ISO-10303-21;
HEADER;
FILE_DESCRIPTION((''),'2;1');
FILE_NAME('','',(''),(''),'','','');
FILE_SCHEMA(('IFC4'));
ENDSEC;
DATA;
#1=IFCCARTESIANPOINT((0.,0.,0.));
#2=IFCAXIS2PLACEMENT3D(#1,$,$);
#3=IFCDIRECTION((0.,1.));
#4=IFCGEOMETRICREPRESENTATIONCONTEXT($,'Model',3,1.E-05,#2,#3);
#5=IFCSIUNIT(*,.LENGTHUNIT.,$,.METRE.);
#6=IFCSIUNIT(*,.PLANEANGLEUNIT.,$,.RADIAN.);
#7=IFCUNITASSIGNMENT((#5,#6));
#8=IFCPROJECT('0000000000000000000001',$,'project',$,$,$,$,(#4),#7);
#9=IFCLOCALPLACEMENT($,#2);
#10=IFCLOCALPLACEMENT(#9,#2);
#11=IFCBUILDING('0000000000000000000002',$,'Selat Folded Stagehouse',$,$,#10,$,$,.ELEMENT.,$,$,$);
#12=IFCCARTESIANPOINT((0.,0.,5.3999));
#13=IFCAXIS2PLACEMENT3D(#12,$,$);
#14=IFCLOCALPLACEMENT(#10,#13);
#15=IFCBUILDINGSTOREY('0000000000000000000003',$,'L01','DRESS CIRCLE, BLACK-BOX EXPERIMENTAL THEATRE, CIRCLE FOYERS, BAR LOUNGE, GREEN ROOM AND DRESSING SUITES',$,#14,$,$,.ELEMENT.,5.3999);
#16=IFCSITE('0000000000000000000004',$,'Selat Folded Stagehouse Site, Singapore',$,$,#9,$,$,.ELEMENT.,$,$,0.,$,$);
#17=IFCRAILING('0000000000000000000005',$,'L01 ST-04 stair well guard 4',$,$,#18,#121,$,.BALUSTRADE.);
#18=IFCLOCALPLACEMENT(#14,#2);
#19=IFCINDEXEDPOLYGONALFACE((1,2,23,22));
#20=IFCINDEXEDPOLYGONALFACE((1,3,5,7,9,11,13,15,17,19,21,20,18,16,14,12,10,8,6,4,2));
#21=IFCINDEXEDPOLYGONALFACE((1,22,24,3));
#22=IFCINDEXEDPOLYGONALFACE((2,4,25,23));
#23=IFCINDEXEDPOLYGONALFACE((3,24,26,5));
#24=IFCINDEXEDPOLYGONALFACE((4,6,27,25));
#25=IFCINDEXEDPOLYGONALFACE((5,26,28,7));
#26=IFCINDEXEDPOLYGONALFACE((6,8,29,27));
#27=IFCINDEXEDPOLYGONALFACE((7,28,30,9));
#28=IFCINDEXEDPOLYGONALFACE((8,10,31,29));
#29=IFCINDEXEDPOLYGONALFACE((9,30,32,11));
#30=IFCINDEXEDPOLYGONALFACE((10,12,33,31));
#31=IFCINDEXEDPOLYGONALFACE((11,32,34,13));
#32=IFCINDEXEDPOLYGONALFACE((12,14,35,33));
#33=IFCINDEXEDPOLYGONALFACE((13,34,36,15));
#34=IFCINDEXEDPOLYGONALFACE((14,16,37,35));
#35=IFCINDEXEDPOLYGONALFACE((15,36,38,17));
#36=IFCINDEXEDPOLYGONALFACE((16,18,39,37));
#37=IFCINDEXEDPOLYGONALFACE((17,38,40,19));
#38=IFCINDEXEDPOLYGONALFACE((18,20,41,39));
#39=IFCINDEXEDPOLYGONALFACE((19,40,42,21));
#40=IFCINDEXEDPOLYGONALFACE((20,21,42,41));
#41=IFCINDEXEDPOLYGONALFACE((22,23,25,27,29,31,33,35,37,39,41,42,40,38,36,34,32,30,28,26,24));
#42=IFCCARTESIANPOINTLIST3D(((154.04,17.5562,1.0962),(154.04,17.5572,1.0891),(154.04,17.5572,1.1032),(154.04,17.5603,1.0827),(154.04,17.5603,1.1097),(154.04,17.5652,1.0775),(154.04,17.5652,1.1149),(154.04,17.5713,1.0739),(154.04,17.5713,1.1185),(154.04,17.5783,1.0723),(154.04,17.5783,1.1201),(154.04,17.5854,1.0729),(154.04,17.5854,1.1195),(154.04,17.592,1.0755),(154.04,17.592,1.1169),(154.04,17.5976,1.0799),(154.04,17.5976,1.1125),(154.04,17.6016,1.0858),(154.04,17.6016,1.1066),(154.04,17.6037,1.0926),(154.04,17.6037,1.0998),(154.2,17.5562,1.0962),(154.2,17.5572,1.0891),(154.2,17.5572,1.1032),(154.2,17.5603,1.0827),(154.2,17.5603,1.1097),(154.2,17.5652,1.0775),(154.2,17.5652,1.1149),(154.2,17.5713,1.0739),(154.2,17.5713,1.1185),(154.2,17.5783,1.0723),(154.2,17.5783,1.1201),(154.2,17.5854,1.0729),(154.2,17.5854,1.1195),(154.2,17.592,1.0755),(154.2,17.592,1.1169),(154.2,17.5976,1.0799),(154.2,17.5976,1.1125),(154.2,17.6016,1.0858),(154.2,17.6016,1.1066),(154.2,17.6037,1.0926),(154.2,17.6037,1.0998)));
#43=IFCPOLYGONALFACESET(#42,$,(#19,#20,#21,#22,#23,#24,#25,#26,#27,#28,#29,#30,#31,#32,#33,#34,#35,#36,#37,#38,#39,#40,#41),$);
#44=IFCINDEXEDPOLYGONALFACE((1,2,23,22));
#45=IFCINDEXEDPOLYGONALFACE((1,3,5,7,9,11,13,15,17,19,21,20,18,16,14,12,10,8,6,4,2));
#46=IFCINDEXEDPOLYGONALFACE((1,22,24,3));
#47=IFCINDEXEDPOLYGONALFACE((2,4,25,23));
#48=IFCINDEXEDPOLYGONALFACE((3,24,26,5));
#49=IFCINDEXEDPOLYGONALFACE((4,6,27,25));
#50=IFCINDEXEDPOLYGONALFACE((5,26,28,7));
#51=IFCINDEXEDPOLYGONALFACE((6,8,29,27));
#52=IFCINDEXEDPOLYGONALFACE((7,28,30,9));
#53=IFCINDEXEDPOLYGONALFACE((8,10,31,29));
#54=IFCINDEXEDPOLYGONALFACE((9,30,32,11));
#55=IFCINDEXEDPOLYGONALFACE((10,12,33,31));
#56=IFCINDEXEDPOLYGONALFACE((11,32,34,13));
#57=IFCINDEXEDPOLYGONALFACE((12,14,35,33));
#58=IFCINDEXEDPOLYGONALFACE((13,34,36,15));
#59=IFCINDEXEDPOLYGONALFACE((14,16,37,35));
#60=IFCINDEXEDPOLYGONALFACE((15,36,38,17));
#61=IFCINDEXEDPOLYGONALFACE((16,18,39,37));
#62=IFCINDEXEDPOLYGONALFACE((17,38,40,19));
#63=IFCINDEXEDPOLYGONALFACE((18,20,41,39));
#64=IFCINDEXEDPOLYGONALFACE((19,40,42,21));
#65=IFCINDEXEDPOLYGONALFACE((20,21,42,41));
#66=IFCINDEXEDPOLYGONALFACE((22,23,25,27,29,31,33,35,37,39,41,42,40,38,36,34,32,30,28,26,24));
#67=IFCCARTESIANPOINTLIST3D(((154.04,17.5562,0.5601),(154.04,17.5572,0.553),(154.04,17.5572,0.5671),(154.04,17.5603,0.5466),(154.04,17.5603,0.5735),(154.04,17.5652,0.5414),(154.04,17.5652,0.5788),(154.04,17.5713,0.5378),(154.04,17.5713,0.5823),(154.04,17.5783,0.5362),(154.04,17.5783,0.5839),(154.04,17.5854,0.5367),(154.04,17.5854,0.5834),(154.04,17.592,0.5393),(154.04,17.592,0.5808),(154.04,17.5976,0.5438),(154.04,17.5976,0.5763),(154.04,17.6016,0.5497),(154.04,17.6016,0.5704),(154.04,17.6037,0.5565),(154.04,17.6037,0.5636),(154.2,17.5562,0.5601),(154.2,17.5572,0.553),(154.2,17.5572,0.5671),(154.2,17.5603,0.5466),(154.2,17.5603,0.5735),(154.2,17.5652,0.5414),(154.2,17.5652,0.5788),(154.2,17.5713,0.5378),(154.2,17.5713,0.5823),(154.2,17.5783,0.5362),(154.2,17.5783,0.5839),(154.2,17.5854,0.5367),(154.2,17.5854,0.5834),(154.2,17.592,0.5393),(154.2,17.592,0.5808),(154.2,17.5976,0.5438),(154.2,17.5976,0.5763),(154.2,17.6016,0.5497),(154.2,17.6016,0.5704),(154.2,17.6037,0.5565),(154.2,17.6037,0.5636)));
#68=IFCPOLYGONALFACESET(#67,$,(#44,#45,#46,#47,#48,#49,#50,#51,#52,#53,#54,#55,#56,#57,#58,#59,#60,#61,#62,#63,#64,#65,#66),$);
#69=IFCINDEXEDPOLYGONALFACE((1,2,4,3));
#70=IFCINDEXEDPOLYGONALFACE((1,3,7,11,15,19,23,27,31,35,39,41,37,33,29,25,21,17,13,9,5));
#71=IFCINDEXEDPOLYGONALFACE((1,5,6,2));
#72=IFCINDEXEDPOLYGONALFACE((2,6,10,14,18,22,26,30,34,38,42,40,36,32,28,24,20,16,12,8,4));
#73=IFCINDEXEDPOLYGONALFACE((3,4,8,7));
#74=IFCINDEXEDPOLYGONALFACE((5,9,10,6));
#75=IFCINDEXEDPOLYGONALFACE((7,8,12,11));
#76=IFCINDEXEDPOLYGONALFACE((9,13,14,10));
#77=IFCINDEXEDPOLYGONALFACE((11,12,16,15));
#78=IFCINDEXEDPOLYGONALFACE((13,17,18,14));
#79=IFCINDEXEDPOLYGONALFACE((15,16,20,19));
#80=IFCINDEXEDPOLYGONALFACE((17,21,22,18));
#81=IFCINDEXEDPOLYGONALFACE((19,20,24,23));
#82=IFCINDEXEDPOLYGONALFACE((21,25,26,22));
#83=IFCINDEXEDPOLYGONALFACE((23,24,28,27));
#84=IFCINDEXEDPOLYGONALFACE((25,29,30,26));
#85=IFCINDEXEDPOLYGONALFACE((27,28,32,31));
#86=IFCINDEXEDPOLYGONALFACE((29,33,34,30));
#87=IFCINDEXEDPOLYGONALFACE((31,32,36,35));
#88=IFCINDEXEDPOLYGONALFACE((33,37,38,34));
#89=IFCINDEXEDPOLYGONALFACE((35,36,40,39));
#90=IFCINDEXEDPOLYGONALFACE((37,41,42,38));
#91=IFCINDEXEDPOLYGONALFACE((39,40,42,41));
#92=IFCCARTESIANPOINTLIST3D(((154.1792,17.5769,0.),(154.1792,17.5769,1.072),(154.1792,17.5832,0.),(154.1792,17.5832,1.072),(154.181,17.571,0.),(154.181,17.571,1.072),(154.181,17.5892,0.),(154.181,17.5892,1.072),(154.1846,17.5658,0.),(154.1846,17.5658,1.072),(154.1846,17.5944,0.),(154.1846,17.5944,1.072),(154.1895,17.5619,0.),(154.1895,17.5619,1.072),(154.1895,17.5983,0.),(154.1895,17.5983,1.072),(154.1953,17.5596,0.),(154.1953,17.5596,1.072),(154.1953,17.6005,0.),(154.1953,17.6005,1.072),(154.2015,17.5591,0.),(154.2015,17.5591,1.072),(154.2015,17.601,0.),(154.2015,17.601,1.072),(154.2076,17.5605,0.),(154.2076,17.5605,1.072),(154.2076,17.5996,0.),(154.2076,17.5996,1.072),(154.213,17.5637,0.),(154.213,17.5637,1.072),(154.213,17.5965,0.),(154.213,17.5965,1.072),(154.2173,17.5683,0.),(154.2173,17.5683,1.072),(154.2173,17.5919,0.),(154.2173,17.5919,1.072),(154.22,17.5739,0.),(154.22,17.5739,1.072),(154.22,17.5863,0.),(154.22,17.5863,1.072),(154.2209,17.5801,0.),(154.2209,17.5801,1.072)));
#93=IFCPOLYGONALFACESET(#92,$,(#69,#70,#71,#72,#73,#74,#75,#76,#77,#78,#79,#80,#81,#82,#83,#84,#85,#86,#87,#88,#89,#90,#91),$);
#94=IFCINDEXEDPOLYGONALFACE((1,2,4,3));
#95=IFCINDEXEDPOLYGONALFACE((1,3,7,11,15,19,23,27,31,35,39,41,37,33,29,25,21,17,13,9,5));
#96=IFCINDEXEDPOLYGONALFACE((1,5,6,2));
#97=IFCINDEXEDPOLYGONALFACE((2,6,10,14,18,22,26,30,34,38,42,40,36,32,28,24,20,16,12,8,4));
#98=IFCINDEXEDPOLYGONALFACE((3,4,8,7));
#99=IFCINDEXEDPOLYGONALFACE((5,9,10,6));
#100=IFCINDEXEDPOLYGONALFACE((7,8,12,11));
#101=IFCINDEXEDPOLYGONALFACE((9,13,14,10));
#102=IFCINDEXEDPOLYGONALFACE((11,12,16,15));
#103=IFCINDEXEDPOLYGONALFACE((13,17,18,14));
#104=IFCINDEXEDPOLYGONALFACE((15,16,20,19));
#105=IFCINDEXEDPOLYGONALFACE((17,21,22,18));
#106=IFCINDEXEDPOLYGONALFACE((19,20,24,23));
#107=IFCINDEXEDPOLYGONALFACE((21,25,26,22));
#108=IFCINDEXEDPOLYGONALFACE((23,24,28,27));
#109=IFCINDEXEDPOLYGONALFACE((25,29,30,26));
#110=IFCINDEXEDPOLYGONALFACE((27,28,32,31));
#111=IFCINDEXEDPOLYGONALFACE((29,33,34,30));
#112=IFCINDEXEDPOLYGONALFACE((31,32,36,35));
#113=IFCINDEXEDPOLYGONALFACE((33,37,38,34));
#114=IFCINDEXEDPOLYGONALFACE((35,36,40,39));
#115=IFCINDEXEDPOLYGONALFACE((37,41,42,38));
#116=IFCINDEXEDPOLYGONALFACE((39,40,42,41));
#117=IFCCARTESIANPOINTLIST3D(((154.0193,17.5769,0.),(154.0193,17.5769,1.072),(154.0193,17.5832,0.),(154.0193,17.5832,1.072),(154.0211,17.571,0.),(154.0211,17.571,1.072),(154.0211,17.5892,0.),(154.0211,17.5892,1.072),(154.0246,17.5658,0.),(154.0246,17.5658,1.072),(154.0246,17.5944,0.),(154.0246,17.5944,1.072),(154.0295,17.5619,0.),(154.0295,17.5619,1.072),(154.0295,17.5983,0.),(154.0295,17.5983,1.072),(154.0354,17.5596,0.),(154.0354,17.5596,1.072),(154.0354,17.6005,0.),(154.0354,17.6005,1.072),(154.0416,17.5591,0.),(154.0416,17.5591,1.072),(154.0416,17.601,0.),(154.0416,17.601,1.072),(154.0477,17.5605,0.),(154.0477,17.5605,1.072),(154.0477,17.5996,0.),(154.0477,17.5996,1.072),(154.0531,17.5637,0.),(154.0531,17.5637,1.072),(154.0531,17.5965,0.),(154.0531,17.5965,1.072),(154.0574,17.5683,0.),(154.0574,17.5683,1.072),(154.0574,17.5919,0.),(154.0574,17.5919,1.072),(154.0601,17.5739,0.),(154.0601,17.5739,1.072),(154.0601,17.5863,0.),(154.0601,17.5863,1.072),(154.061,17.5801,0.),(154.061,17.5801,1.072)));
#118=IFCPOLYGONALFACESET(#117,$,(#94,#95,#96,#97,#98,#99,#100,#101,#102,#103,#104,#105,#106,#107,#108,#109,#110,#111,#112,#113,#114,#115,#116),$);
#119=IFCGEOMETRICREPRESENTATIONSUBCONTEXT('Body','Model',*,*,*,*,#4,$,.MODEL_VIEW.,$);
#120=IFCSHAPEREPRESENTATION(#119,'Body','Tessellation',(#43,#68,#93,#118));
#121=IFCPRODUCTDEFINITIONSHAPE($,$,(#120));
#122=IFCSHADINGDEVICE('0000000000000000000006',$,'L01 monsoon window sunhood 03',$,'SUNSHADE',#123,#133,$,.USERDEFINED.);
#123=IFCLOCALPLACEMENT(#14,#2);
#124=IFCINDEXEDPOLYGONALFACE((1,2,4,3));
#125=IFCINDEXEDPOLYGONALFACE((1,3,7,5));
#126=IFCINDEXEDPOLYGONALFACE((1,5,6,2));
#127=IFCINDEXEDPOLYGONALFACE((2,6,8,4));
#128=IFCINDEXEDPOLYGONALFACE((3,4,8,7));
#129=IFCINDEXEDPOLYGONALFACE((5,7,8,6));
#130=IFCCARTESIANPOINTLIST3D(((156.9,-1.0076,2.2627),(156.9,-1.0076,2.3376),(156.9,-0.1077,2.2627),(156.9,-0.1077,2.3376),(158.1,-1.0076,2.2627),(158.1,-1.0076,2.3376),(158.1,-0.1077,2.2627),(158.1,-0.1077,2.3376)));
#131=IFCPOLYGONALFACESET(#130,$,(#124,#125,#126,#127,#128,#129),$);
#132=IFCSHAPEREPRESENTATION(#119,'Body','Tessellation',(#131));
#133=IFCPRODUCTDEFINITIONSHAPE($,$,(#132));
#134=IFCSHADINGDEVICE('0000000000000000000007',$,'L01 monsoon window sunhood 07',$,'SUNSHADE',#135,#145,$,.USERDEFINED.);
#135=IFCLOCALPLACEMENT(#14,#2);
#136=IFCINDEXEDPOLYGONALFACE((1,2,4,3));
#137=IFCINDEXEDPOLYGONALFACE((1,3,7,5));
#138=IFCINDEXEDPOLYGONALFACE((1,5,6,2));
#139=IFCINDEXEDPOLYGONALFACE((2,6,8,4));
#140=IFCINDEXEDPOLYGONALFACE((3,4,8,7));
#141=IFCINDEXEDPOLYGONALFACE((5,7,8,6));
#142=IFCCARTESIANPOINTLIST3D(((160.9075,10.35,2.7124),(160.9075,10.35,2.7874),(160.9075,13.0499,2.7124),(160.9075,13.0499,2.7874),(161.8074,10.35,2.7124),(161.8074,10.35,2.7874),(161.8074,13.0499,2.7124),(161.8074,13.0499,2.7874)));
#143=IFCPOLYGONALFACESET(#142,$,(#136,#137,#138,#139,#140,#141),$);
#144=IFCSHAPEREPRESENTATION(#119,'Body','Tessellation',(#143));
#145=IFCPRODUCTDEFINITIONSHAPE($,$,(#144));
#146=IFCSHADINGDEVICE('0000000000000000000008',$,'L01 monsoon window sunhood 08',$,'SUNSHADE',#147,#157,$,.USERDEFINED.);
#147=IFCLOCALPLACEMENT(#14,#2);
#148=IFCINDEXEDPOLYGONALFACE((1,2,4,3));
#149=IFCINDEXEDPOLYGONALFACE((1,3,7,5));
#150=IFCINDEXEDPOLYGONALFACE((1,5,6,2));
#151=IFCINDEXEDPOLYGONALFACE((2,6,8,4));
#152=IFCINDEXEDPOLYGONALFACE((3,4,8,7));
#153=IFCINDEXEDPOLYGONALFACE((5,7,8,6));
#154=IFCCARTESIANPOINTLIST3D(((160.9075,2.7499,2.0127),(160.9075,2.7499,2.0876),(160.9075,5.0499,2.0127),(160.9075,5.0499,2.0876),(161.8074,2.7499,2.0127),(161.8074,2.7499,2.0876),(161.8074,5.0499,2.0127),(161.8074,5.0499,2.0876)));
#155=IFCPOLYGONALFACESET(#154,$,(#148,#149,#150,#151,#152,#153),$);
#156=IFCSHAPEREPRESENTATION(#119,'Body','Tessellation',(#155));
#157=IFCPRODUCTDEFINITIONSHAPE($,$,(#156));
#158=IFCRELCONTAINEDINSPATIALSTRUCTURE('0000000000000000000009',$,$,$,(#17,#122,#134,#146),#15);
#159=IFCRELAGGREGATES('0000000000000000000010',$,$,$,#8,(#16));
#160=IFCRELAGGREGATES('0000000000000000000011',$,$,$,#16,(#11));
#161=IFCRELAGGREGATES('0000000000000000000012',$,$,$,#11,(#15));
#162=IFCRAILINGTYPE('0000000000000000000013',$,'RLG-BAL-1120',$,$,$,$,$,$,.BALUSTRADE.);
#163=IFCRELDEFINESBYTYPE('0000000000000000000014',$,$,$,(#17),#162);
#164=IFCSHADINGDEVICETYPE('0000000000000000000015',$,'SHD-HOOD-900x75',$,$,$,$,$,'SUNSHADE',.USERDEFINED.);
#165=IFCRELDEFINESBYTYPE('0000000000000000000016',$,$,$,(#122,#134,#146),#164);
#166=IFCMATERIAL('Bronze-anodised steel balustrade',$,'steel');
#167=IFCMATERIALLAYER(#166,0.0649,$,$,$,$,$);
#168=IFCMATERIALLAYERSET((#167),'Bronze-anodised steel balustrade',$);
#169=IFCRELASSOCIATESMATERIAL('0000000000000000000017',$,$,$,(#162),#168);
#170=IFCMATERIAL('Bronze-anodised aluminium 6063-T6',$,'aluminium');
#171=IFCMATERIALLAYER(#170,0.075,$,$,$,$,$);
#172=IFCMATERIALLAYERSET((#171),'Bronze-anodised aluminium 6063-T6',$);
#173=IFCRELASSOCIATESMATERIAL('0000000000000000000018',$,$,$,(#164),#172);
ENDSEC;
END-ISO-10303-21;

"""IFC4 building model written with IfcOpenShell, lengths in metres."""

from ifc_helpers import new_model, si_unit, direction, frame, origin, origin_2d, place, context, subcontext, project, spatial, rectangle, circle, extrude, material, layer, layer_set, type_object, element, save


model = new_model("IFC4")

# Units and contexts
model_context = context("Model", 3, precision=1e-05, world=origin(), true_north=direction((0.0, 1.0)))
body_context = subcontext(model_context, "Body", "Model", "MODEL_VIEW")
ifc_project = project(units=[si_unit("LENGTHUNIT", "METRE"), si_unit("PLANEANGLEUNIT", "RADIAN")], contexts=[model_context])

# Site, building, storey
site_placement = place(None, origin())
site = spatial("IfcSite", under=ifc_project, at=site_placement, Name="Selat Folded Stagehouse Site, Singapore", CompositionType="ELEMENT", RefElevation=0.0)
building_placement = place(site_placement, origin())
building = spatial("IfcBuilding", under=site, at=building_placement, Name="Selat Folded Stagehouse", CompositionType="ELEMENT")
storey_placement = place(building_placement, frame((0.0, 0.0, 5.3999)))
storey = spatial("IfcBuildingStorey", under=building, at=storey_placement, Name="L01", Description="DRESS CIRCLE, BLACK-BOX EXPERIMENTAL THEATRE, CIRCLE FOYERS, BAR LOUNGE, GREEN ROOM AND DRESSING SUITES", CompositionType="ELEMENT", Elevation=5.3999)

# Railing
ifc_material_1 = material(Name="Bronze-anodised steel balustrade", Category="steel")
ifc_layer_1 = layer(ifc_material_1, 0.0649)
ifc_layer_set_1 = layer_set([ifc_layer_1], Name="Bronze-anodised steel balustrade")
railing_type = type_object("IfcRailingType", Name="RLG-BAL-1120", PredefinedType="BALUSTRADE", material=ifc_layer_set_1)
railing_1_placement = place(storey_placement, frame((154.2, 17.5801, 0.0)))
element("IfcRailing", 1, at=railing_1_placement, inside=storey, type_object=railing_type, Name="L01 ST-04 stair well guard 4", PredefinedType="BALUSTRADE", context=body_context, shape_type="SweptSolid", body=[
    extrude(circle(Radius=0.0239, at=origin_2d()), frame((0.0, 0.0, 1.0962), z_axis=(-1.0, 0.0, 0.0), x_axis=(0.0, -1.0, 0.0)), (0.0, 0.0, 1.0), 0.1599),
    extrude(circle(Radius=0.0239, at=origin_2d()), frame((0.0, 0.0, 0.5601), z_axis=(-1.0, 0.0, 0.0), x_axis=(0.0, -1.0, 0.0)), (0.0, 0.0, 1.0), 0.1599),
    extrude(circle(Radius=0.021, at=origin_2d()), origin(), (0.0, 0.0, 1.0), 1.072),
    extrude(circle(Radius=0.021, at=origin_2d()), frame((-0.1599, 0.0, 0.0)), (0.0, 0.0, 1.0), 1.072),
])

# Shading devices
ifc_material_2 = material(Name="Bronze-anodised aluminium 6063-T6", Category="aluminium")
ifc_layer_2 = layer(ifc_material_2, 0.075)
ifc_layer_set_2 = layer_set([ifc_layer_2], Name="Bronze-anodised aluminium 6063-T6")
shading_device_type = type_object("IfcShadingDeviceType", Name="SHD-HOOD-900x75", ElementType="SUNSHADE", PredefinedType="USERDEFINED", material=ifc_layer_set_2)
shading_device_1_placement = place(storey_placement, frame((157.5, -0.5576, 2.2627), z_axis=(0.0, 0.0, 1.0), x_axis=(-1.0, 0.0, 0.0)))
element("IfcShadingDevice", 2, at=shading_device_1_placement, inside=storey, type_object=shading_device_type, Name="L01 monsoon window sunhood 03", ObjectType="SUNSHADE", PredefinedType="USERDEFINED", context=body_context, shape_type="SweptSolid", body=[
    extrude(rectangle(XDim=1.2, YDim=0.8999, at=origin_2d()), origin(), (0.0, 0.0, 1.0), 0.075),
])
shading_device_2_placement = place(storey_placement, frame((161.3574, 11.7, 2.7124), z_axis=(0.0, 0.0, 1.0), x_axis=(0.0, -1.0, 0.0)))
element("IfcShadingDevice", 3, at=shading_device_2_placement, inside=storey, type_object=shading_device_type, Name="L01 monsoon window sunhood 07", ObjectType="SUNSHADE", PredefinedType="USERDEFINED", context=body_context, shape_type="SweptSolid", body=[
    extrude(rectangle(XDim=2.7, YDim=0.8999, at=origin_2d()), origin(), (0.0, 0.0, 1.0), 0.075),
])
shading_device_3_placement = place(storey_placement, frame((161.3574, 3.8999, 2.0127), z_axis=(0.0, 0.0, 1.0), x_axis=(0.0, -1.0, 0.0)))
element("IfcShadingDevice", 4, at=shading_device_3_placement, inside=storey, type_object=shading_device_type, Name="L01 monsoon window sunhood 08", ObjectType="SUNSHADE", PredefinedType="USERDEFINED", context=body_context, shape_type="SweptSolid", body=[
    extrude(rectangle(XDim=2.3, YDim=0.8999, at=origin_2d()), origin(), (0.0, 0.0, 1.0), 0.075),
])

save(model, "model.ifc")
